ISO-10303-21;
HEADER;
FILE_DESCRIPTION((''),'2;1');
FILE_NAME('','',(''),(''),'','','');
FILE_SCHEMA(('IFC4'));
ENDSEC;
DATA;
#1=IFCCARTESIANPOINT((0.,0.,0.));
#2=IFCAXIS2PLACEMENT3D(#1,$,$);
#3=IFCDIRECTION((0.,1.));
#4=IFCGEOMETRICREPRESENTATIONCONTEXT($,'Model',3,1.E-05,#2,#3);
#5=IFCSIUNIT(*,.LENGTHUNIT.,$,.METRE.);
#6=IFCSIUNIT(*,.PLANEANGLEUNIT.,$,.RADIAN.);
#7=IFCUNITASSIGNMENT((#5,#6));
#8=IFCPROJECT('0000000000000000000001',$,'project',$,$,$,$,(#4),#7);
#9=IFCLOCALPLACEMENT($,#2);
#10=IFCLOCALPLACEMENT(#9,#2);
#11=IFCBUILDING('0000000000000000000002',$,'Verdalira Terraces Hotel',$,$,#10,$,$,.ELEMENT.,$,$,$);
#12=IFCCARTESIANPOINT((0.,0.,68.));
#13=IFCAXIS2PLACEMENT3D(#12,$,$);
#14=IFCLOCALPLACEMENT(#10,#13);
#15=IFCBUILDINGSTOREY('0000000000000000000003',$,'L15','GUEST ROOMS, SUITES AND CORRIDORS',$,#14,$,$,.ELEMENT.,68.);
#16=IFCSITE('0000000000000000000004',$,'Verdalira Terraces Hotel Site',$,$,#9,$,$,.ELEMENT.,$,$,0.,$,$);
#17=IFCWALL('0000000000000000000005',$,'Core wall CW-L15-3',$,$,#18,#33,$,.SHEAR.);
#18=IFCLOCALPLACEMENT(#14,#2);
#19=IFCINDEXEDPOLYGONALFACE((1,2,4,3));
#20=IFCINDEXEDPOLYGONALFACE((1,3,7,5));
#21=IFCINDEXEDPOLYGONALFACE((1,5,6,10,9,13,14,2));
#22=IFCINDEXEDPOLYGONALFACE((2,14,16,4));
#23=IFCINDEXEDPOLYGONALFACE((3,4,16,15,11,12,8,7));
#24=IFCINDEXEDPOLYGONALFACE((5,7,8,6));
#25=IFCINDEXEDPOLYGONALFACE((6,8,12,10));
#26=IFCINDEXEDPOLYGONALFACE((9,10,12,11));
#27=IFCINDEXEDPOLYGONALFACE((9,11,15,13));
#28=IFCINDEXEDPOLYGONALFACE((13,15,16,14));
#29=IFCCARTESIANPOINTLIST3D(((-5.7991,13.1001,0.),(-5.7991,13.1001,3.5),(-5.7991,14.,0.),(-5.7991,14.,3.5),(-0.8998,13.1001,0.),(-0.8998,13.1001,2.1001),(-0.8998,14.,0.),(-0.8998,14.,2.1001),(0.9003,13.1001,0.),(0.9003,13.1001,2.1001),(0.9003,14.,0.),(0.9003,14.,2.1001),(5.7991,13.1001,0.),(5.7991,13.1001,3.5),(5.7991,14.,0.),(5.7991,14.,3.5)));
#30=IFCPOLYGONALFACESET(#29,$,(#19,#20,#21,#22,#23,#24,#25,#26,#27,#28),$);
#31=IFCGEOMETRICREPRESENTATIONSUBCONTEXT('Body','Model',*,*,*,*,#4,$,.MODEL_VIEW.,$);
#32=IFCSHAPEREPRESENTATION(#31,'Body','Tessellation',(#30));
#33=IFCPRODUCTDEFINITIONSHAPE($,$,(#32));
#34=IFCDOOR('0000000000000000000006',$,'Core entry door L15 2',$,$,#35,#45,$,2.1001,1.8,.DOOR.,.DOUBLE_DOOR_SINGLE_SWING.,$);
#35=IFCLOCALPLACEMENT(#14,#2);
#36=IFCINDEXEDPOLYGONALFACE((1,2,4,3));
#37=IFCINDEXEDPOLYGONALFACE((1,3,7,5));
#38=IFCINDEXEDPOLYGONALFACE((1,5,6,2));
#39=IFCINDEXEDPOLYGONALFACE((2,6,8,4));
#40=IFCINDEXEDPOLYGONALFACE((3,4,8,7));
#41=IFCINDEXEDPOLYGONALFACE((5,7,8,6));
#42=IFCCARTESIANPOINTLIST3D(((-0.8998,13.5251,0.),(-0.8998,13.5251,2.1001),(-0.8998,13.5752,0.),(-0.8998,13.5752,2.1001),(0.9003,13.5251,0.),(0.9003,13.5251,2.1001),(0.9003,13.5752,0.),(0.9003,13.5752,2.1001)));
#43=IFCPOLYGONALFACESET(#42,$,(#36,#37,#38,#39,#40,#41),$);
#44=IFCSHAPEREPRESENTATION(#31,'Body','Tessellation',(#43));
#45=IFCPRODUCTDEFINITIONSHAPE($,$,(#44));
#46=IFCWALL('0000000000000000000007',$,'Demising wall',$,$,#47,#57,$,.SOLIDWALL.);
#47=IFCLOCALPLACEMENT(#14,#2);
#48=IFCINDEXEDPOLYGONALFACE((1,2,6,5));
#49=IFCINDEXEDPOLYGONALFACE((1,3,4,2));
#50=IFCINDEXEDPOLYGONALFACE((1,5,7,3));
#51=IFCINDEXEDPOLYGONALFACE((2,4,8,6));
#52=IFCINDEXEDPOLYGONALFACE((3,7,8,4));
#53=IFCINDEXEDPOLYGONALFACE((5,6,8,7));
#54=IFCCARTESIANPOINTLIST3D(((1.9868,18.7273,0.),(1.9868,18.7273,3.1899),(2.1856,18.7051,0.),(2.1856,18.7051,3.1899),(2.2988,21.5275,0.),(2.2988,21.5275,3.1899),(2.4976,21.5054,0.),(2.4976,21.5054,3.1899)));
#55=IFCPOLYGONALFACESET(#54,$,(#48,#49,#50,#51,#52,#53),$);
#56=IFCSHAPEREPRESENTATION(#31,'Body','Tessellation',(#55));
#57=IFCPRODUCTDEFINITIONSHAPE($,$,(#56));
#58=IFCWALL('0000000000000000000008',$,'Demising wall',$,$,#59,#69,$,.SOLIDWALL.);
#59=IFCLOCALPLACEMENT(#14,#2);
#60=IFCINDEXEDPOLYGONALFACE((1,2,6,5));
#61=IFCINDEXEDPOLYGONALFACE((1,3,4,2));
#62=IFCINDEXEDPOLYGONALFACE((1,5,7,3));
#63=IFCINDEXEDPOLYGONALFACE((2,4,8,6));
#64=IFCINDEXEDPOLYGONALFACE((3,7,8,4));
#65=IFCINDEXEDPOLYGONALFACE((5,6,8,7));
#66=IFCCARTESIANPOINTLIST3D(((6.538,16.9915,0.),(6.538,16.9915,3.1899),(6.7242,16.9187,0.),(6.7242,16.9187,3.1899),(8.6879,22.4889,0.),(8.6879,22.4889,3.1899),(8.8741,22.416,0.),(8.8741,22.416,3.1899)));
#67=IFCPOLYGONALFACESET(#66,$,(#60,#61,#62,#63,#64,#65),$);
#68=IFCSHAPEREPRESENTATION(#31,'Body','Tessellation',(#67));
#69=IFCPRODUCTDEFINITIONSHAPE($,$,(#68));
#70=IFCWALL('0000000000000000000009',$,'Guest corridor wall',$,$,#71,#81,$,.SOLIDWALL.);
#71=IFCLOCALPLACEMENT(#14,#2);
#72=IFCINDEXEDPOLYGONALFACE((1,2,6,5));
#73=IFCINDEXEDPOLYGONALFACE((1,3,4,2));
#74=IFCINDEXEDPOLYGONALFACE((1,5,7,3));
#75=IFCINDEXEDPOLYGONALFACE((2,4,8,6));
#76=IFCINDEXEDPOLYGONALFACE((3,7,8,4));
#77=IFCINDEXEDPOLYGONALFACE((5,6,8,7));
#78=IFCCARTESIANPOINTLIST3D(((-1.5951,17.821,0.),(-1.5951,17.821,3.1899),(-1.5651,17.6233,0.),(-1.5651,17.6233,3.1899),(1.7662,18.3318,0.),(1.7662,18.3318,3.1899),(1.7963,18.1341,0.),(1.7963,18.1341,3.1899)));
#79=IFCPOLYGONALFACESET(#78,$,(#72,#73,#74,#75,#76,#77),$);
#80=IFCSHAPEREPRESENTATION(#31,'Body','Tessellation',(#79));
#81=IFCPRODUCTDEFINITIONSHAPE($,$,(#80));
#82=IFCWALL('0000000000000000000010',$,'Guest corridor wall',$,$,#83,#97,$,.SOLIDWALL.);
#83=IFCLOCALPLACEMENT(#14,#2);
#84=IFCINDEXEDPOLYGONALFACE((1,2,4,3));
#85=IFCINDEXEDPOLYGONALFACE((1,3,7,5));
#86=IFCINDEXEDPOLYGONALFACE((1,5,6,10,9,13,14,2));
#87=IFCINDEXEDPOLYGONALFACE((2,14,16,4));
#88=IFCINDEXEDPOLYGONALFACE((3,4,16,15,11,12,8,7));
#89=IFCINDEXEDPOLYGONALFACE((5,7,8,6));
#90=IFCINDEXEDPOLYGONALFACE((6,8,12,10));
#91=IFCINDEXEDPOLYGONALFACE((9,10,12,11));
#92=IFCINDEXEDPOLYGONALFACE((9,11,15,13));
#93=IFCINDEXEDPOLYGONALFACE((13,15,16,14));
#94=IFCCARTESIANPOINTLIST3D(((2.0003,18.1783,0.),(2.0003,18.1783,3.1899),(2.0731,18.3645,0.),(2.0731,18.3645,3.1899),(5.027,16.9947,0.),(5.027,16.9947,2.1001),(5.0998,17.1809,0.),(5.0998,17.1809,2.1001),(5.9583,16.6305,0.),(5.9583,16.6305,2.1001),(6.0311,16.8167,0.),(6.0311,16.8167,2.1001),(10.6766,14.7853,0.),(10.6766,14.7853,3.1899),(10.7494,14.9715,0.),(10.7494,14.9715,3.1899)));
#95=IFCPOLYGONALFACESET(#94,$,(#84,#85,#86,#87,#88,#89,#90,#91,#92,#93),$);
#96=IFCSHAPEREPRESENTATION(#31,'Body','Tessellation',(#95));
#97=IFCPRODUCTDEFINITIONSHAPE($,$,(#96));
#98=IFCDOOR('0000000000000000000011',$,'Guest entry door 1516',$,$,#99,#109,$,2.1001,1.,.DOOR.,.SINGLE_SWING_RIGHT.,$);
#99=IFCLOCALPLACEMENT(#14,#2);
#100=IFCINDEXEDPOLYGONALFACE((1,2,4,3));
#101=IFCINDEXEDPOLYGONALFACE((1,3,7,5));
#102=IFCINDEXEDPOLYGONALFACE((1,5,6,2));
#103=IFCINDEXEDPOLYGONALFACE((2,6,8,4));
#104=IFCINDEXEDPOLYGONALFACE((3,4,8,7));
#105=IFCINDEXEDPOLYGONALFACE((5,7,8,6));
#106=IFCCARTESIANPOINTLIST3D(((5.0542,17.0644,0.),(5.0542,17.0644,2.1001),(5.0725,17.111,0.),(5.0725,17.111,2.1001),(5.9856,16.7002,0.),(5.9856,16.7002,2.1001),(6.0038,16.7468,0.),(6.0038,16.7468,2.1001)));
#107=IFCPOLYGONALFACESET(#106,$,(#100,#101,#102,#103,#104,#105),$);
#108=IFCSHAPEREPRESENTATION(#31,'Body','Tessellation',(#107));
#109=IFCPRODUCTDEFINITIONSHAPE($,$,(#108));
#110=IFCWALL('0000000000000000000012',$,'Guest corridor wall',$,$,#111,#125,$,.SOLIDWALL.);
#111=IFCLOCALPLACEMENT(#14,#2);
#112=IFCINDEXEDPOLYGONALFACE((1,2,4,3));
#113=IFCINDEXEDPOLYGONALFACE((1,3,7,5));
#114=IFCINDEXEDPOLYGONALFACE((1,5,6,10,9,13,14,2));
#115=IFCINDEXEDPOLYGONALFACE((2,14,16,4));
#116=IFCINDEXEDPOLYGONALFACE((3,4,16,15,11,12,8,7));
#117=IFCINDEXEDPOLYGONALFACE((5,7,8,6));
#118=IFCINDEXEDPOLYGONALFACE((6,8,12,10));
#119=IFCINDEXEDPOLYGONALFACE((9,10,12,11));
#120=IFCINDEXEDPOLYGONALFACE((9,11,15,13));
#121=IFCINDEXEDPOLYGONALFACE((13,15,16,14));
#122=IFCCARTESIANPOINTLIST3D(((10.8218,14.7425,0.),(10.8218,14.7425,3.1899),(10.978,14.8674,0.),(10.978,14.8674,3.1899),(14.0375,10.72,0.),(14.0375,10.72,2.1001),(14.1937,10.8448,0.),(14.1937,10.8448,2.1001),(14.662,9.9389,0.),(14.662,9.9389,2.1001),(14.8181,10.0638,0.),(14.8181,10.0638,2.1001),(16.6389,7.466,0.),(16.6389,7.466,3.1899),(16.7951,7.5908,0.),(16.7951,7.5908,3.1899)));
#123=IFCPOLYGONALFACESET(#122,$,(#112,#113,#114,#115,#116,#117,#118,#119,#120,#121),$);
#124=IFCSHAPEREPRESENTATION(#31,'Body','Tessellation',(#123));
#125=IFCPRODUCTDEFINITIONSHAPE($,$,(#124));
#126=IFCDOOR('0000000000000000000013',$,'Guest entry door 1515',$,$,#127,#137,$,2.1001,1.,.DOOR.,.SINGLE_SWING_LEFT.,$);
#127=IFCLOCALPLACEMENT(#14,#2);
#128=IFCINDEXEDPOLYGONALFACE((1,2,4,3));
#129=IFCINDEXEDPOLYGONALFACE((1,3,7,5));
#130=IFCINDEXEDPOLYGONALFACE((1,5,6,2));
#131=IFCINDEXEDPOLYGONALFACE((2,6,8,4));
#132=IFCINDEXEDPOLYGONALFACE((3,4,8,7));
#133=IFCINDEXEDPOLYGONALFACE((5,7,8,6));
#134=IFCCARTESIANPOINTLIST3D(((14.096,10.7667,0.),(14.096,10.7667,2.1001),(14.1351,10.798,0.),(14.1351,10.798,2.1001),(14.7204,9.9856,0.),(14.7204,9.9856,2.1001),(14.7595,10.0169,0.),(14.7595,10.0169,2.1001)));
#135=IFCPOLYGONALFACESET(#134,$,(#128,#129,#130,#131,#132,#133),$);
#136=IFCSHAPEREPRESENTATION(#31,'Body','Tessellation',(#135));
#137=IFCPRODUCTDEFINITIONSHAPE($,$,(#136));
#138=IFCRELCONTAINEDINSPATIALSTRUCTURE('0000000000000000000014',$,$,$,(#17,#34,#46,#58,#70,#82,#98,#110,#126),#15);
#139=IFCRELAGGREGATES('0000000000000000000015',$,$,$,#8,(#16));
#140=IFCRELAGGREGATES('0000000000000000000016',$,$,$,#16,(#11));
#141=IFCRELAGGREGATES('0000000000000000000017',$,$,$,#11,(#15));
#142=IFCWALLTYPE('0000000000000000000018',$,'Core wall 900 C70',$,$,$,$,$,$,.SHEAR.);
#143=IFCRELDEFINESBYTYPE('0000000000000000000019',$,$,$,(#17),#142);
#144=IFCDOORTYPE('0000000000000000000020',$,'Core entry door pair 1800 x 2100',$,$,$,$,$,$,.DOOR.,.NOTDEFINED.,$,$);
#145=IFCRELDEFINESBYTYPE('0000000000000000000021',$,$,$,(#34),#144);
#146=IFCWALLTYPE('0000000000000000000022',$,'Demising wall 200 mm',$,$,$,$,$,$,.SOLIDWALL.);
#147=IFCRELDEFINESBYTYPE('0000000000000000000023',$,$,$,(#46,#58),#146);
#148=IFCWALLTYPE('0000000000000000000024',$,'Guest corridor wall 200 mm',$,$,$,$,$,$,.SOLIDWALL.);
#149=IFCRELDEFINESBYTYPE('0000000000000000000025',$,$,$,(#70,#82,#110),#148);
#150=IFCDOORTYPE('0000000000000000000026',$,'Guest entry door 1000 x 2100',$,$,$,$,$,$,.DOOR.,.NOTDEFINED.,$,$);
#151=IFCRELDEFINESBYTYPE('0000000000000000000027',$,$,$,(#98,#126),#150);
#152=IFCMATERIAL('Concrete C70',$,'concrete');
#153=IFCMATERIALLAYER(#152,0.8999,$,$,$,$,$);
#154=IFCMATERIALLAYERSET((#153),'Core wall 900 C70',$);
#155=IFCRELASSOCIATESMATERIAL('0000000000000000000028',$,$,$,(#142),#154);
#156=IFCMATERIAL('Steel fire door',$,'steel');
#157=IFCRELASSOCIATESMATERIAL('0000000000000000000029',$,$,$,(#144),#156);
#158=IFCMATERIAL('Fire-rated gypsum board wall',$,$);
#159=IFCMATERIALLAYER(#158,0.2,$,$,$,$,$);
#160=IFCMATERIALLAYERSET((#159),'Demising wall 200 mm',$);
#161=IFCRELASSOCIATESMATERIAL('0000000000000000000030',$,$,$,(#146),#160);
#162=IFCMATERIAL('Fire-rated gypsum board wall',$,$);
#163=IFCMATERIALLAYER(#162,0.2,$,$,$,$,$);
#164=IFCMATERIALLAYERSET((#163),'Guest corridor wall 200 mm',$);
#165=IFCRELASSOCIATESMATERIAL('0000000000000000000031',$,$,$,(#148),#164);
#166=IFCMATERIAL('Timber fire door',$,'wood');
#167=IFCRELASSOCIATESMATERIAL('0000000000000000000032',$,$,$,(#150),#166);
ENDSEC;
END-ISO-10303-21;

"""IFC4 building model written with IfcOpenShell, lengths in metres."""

from ifc_helpers import new_model, si_unit, direction, frame, frame_2d, origin, place, context, subcontext, project, spatial, rectangle, extrude, material, layer, layer_set, type_object, element, fill, save


model = new_model("IFC4")

# Units and contexts
model_context = context("Model", 3, precision=1e-05, world=origin(), true_north=direction((0.0, 1.0)))
body_context = subcontext(model_context, "Body", "Model", "MODEL_VIEW")
ifc_project = project(units=[si_unit("LENGTHUNIT", "METRE"), si_unit("PLANEANGLEUNIT", "RADIAN")], contexts=[model_context])

# Site, building, storey
site_placement = place(None, origin())
site = spatial("IfcSite", under=ifc_project, at=site_placement, Name="Verdalira Terraces Hotel Site", CompositionType="ELEMENT", RefElevation=0.0)
building_placement = place(site_placement, origin())
building = spatial("IfcBuilding", under=site, at=building_placement, Name="Verdalira Terraces Hotel", CompositionType="ELEMENT")
storey_placement = place(building_placement, frame((0.0, 0.0, 68.0)))
storey = spatial("IfcBuildingStorey", under=building, at=storey_placement, Name="L15", Description="GUEST ROOMS, SUITES AND CORRIDORS", CompositionType="ELEMENT", Elevation=68.0)

# Wall, opening, door
ifc_material_1 = material(Name="Concrete C70", Category="concrete")
ifc_layer_1 = layer(ifc_material_1, 0.8999)
ifc_layer_set_1 = layer_set([ifc_layer_1], Name="Core wall 900 C70")
wall_type_1 = type_object("IfcWallType", Name="Core wall 900 C70", PredefinedType="SHEAR", material=ifc_layer_set_1)
wall_1_placement = place(storey_placement, frame((5.7991, 13.55, 0.0), z_axis=(0.0, 0.0, 1.0), x_axis=(-1.0, 0.0, 0.0)))
wall_1 = element("IfcWall", 1, at=wall_1_placement, inside=storey, type_object=wall_type_1, Name="Core wall CW-L15-3", PredefinedType="SHEAR", context=body_context, shape_type="SweptSolid", body=[
    extrude(rectangle(XDim=11.5981, YDim=0.8999, at=frame_2d((5.7991, 0.0))), origin(), (0.0, 0.0, 1.0), 3.5),
])
opening_1_placement = place(wall_1_placement, frame((4.8989, 0.0, 0.0)))
opening_1 = element("IfcOpeningElement", 2, at=opening_1_placement, cuts=wall_1, PredefinedType="OPENING", context=body_context, shape_type="SweptSolid", body=[
    extrude(rectangle(XDim=1.8, YDim=2.1001, at=frame_2d((0.8999, 1.05))), frame((0.0, 0.46, 0.0), z_axis=(0.0, -1.0, 0.0), x_axis=(1.0, 0.0, 0.0)), (0.0, 0.0, 1.0), 0.9199),
])
ifc_material_2 = material(Name="Steel fire door", Category="steel")
door_type_1 = type_object("IfcDoorType", Name="Core entry door pair 1800 x 2100", OperationType="NOTDEFINED", PredefinedType="DOOR", material=ifc_material_2)
door_1_placement = place(opening_1_placement, origin())
door_1 = element("IfcDoor", 3, at=door_1_placement, inside=storey, type_object=door_type_1, Name="Core entry door L15 2", OperationType="DOUBLE_DOOR_SINGLE_SWING", OverallHeight=2.1001, OverallWidth=1.8, PredefinedType="DOOR", context=body_context, shape_type="SweptSolid", body=[
    extrude(rectangle(XDim=1.8, YDim=2.1001, at=frame_2d((0.8999, 1.05))), frame((0.0, 0.0249, 0.0), z_axis=(0.0, -1.0, 0.0), x_axis=(1.0, 0.0, 0.0)), (0.0, 0.0, 1.0), 0.05),
])
fill(opening_1, door_1)

# Walls
ifc_material_3 = material(Name="Fire-rated gypsum board wall")
ifc_layer_2 = layer(ifc_material_3, 0.2)
ifc_layer_set_2 = layer_set([ifc_layer_2], Name="Demising wall 200 mm")
wall_type_2 = type_object("IfcWallType", Name="Demising wall 200 mm", PredefinedType="SOLIDWALL", material=ifc_layer_set_2)
wall_2_placement = place(storey_placement, frame((2.3982, 21.5164, 0.0), z_axis=(0.0, 0.0, 1.0), x_axis=(-0.110736, -0.99385, 0.0)))
element("IfcWall", 4, at=wall_2_placement, inside=storey, type_object=wall_type_2, Name="Demising wall", PredefinedType="SOLIDWALL", context=body_context, shape_type="SweptSolid", body=[
    extrude(rectangle(XDim=2.8176, YDim=0.2, at=frame_2d((1.4087, 0.0))), origin(), (0.0, 0.0, 1.0), 3.1899),
])
wall_3_placement = place(storey_placement, frame((6.6311, 16.9551, 0.0), z_axis=(0.0, 0.0, 1.0), x_axis=(0.36422, 0.931313, 0.0)))
element("IfcWall", 5, at=wall_3_placement, inside=storey, type_object=wall_type_2, Name="Demising wall", PredefinedType="SOLIDWALL", context=body_context, shape_type="SweptSolid", body=[
    extrude(rectangle(XDim=5.9028, YDim=0.2, at=frame_2d((2.9514, 0.0))), origin(), (0.0, 0.0, 1.0), 3.1899),
])
ifc_material_4 = material(Name="Fire-rated gypsum board wall")
ifc_layer_3 = layer(ifc_material_4, 0.2)
ifc_layer_set_3 = layer_set([ifc_layer_3], Name="Guest corridor wall 200 mm")
wall_type_3 = type_object("IfcWallType", Name="Guest corridor wall 200 mm", PredefinedType="SOLIDWALL", material=ifc_layer_set_3)
wall_4_placement = place(storey_placement, frame((1.7812, 18.2329, 0.0), z_axis=(0.0, 0.0, 1.0), x_axis=(-0.988652, -0.150222, 0.0)))
element("IfcWall", 6, at=wall_4_placement, inside=storey, type_object=wall_type_3, Name="Guest corridor wall", PredefinedType="SOLIDWALL", context=body_context, shape_type="SweptSolid", body=[
    extrude(rectangle(XDim=3.3999, YDim=0.2, at=frame_2d((1.7, 0.0))), origin(), (0.0, 0.0, 1.0), 3.1899),
])

# Walls, openings, doors
wall_5_placement = place(storey_placement, frame((2.0366, 18.2715, 0.0), z_axis=(0.0, 0.0, 1.0), x_axis=(0.931315, -0.364214, 0.0)))
wall_5 = element("IfcWall", 7, at=wall_5_placement, inside=storey, type_object=wall_type_3, Name="Guest corridor wall", PredefinedType="SOLIDWALL", context=body_context, shape_type="SweptSolid", body=[
    extrude(rectangle(XDim=9.3162, YDim=0.2, at=frame_2d((4.6582, 0.0))), origin(), (0.0, 0.0, 1.0), 3.1899),
])
opening_2_placement = place(wall_5_placement, frame((3.25, 0.0, 0.0)))
opening_2 = element("IfcOpeningElement", 8, at=opening_2_placement, cuts=wall_5, PredefinedType="OPENING", context=body_context, shape_type="SweptSolid", body=[
    extrude(rectangle(XDim=1.0, YDim=2.1001, at=frame_2d((0.5, 1.05))), frame((0.0, 0.1099, 0.0), z_axis=(0.0, -1.0, 0.0), x_axis=(1.0, 0.0, 0.0)), (0.0, 0.0, 1.0), 0.22),
])
ifc_material_5 = material(Name="Timber fire door", Category="wood")
door_type_2 = type_object("IfcDoorType", Name="Guest entry door 1000 x 2100", OperationType="NOTDEFINED", PredefinedType="DOOR", material=ifc_material_5)
door_2_placement = place(opening_2_placement, origin())
door_2 = element("IfcDoor", 9, at=door_2_placement, inside=storey, type_object=door_type_2, Name="Guest entry door 1516", OperationType="SINGLE_SWING_RIGHT", OverallHeight=2.1001, OverallWidth=1.0, PredefinedType="DOOR", context=body_context, shape_type="SweptSolid", body=[
    extrude(rectangle(XDim=1.0, YDim=2.1001, at=frame_2d((0.5, 1.05))), frame((0.0, 0.0249, 0.0), z_axis=(0.0, -1.0, 0.0), x_axis=(1.0, 0.0, 0.0)), (0.0, 0.0, 1.0), 0.05),
])
fill(opening_2, door_2)
wall_6_placement = place(storey_placement, frame((10.8999, 14.8049, 0.0), z_axis=(0.0, 0.0, 1.0), x_axis=(0.624423, -0.781086, 0.0)))
wall_6 = element("IfcWall", 10, at=wall_6_placement, inside=storey, type_object=wall_type_3, Name="Guest corridor wall", PredefinedType="SOLIDWALL", context=body_context, shape_type="SweptSolid", body=[
    extrude(rectangle(XDim=9.3159, YDim=0.2, at=frame_2d((4.658, 0.0))), origin(), (0.0, 0.0, 1.0), 3.1899),
])
opening_3_placement = place(wall_6_placement, frame((5.1499, 0.0, 0.0)))
opening_3 = element("IfcOpeningElement", 11, at=opening_3_placement, cuts=wall_6, PredefinedType="OPENING", context=body_context, shape_type="SweptSolid", body=[
    extrude(rectangle(XDim=1.0, YDim=2.1001, at=frame_2d((0.5, 1.05))), frame((0.0, 0.1099, 0.0), z_axis=(0.0, -1.0, 0.0), x_axis=(1.0, 0.0, 0.0)), (0.0, 0.0, 1.0), 0.22),
])
door_3_placement = place(opening_3_placement, origin())
door_3 = element("IfcDoor", 12, at=door_3_placement, inside=storey, type_object=door_type_2, Name="Guest entry door 1515", OperationType="SINGLE_SWING_LEFT", OverallHeight=2.1001, OverallWidth=1.0, PredefinedType="DOOR", context=body_context, shape_type="SweptSolid", body=[
    extrude(rectangle(XDim=1.0, YDim=2.1001, at=frame_2d((0.5, 1.05))), frame((0.0, 0.0249, 0.0), z_axis=(0.0, -1.0, 0.0), x_axis=(1.0, 0.0, 0.0)), (0.0, 0.0, 1.0), 0.05),
])
fill(opening_3, door_3)

save(model, "model.ifc")
